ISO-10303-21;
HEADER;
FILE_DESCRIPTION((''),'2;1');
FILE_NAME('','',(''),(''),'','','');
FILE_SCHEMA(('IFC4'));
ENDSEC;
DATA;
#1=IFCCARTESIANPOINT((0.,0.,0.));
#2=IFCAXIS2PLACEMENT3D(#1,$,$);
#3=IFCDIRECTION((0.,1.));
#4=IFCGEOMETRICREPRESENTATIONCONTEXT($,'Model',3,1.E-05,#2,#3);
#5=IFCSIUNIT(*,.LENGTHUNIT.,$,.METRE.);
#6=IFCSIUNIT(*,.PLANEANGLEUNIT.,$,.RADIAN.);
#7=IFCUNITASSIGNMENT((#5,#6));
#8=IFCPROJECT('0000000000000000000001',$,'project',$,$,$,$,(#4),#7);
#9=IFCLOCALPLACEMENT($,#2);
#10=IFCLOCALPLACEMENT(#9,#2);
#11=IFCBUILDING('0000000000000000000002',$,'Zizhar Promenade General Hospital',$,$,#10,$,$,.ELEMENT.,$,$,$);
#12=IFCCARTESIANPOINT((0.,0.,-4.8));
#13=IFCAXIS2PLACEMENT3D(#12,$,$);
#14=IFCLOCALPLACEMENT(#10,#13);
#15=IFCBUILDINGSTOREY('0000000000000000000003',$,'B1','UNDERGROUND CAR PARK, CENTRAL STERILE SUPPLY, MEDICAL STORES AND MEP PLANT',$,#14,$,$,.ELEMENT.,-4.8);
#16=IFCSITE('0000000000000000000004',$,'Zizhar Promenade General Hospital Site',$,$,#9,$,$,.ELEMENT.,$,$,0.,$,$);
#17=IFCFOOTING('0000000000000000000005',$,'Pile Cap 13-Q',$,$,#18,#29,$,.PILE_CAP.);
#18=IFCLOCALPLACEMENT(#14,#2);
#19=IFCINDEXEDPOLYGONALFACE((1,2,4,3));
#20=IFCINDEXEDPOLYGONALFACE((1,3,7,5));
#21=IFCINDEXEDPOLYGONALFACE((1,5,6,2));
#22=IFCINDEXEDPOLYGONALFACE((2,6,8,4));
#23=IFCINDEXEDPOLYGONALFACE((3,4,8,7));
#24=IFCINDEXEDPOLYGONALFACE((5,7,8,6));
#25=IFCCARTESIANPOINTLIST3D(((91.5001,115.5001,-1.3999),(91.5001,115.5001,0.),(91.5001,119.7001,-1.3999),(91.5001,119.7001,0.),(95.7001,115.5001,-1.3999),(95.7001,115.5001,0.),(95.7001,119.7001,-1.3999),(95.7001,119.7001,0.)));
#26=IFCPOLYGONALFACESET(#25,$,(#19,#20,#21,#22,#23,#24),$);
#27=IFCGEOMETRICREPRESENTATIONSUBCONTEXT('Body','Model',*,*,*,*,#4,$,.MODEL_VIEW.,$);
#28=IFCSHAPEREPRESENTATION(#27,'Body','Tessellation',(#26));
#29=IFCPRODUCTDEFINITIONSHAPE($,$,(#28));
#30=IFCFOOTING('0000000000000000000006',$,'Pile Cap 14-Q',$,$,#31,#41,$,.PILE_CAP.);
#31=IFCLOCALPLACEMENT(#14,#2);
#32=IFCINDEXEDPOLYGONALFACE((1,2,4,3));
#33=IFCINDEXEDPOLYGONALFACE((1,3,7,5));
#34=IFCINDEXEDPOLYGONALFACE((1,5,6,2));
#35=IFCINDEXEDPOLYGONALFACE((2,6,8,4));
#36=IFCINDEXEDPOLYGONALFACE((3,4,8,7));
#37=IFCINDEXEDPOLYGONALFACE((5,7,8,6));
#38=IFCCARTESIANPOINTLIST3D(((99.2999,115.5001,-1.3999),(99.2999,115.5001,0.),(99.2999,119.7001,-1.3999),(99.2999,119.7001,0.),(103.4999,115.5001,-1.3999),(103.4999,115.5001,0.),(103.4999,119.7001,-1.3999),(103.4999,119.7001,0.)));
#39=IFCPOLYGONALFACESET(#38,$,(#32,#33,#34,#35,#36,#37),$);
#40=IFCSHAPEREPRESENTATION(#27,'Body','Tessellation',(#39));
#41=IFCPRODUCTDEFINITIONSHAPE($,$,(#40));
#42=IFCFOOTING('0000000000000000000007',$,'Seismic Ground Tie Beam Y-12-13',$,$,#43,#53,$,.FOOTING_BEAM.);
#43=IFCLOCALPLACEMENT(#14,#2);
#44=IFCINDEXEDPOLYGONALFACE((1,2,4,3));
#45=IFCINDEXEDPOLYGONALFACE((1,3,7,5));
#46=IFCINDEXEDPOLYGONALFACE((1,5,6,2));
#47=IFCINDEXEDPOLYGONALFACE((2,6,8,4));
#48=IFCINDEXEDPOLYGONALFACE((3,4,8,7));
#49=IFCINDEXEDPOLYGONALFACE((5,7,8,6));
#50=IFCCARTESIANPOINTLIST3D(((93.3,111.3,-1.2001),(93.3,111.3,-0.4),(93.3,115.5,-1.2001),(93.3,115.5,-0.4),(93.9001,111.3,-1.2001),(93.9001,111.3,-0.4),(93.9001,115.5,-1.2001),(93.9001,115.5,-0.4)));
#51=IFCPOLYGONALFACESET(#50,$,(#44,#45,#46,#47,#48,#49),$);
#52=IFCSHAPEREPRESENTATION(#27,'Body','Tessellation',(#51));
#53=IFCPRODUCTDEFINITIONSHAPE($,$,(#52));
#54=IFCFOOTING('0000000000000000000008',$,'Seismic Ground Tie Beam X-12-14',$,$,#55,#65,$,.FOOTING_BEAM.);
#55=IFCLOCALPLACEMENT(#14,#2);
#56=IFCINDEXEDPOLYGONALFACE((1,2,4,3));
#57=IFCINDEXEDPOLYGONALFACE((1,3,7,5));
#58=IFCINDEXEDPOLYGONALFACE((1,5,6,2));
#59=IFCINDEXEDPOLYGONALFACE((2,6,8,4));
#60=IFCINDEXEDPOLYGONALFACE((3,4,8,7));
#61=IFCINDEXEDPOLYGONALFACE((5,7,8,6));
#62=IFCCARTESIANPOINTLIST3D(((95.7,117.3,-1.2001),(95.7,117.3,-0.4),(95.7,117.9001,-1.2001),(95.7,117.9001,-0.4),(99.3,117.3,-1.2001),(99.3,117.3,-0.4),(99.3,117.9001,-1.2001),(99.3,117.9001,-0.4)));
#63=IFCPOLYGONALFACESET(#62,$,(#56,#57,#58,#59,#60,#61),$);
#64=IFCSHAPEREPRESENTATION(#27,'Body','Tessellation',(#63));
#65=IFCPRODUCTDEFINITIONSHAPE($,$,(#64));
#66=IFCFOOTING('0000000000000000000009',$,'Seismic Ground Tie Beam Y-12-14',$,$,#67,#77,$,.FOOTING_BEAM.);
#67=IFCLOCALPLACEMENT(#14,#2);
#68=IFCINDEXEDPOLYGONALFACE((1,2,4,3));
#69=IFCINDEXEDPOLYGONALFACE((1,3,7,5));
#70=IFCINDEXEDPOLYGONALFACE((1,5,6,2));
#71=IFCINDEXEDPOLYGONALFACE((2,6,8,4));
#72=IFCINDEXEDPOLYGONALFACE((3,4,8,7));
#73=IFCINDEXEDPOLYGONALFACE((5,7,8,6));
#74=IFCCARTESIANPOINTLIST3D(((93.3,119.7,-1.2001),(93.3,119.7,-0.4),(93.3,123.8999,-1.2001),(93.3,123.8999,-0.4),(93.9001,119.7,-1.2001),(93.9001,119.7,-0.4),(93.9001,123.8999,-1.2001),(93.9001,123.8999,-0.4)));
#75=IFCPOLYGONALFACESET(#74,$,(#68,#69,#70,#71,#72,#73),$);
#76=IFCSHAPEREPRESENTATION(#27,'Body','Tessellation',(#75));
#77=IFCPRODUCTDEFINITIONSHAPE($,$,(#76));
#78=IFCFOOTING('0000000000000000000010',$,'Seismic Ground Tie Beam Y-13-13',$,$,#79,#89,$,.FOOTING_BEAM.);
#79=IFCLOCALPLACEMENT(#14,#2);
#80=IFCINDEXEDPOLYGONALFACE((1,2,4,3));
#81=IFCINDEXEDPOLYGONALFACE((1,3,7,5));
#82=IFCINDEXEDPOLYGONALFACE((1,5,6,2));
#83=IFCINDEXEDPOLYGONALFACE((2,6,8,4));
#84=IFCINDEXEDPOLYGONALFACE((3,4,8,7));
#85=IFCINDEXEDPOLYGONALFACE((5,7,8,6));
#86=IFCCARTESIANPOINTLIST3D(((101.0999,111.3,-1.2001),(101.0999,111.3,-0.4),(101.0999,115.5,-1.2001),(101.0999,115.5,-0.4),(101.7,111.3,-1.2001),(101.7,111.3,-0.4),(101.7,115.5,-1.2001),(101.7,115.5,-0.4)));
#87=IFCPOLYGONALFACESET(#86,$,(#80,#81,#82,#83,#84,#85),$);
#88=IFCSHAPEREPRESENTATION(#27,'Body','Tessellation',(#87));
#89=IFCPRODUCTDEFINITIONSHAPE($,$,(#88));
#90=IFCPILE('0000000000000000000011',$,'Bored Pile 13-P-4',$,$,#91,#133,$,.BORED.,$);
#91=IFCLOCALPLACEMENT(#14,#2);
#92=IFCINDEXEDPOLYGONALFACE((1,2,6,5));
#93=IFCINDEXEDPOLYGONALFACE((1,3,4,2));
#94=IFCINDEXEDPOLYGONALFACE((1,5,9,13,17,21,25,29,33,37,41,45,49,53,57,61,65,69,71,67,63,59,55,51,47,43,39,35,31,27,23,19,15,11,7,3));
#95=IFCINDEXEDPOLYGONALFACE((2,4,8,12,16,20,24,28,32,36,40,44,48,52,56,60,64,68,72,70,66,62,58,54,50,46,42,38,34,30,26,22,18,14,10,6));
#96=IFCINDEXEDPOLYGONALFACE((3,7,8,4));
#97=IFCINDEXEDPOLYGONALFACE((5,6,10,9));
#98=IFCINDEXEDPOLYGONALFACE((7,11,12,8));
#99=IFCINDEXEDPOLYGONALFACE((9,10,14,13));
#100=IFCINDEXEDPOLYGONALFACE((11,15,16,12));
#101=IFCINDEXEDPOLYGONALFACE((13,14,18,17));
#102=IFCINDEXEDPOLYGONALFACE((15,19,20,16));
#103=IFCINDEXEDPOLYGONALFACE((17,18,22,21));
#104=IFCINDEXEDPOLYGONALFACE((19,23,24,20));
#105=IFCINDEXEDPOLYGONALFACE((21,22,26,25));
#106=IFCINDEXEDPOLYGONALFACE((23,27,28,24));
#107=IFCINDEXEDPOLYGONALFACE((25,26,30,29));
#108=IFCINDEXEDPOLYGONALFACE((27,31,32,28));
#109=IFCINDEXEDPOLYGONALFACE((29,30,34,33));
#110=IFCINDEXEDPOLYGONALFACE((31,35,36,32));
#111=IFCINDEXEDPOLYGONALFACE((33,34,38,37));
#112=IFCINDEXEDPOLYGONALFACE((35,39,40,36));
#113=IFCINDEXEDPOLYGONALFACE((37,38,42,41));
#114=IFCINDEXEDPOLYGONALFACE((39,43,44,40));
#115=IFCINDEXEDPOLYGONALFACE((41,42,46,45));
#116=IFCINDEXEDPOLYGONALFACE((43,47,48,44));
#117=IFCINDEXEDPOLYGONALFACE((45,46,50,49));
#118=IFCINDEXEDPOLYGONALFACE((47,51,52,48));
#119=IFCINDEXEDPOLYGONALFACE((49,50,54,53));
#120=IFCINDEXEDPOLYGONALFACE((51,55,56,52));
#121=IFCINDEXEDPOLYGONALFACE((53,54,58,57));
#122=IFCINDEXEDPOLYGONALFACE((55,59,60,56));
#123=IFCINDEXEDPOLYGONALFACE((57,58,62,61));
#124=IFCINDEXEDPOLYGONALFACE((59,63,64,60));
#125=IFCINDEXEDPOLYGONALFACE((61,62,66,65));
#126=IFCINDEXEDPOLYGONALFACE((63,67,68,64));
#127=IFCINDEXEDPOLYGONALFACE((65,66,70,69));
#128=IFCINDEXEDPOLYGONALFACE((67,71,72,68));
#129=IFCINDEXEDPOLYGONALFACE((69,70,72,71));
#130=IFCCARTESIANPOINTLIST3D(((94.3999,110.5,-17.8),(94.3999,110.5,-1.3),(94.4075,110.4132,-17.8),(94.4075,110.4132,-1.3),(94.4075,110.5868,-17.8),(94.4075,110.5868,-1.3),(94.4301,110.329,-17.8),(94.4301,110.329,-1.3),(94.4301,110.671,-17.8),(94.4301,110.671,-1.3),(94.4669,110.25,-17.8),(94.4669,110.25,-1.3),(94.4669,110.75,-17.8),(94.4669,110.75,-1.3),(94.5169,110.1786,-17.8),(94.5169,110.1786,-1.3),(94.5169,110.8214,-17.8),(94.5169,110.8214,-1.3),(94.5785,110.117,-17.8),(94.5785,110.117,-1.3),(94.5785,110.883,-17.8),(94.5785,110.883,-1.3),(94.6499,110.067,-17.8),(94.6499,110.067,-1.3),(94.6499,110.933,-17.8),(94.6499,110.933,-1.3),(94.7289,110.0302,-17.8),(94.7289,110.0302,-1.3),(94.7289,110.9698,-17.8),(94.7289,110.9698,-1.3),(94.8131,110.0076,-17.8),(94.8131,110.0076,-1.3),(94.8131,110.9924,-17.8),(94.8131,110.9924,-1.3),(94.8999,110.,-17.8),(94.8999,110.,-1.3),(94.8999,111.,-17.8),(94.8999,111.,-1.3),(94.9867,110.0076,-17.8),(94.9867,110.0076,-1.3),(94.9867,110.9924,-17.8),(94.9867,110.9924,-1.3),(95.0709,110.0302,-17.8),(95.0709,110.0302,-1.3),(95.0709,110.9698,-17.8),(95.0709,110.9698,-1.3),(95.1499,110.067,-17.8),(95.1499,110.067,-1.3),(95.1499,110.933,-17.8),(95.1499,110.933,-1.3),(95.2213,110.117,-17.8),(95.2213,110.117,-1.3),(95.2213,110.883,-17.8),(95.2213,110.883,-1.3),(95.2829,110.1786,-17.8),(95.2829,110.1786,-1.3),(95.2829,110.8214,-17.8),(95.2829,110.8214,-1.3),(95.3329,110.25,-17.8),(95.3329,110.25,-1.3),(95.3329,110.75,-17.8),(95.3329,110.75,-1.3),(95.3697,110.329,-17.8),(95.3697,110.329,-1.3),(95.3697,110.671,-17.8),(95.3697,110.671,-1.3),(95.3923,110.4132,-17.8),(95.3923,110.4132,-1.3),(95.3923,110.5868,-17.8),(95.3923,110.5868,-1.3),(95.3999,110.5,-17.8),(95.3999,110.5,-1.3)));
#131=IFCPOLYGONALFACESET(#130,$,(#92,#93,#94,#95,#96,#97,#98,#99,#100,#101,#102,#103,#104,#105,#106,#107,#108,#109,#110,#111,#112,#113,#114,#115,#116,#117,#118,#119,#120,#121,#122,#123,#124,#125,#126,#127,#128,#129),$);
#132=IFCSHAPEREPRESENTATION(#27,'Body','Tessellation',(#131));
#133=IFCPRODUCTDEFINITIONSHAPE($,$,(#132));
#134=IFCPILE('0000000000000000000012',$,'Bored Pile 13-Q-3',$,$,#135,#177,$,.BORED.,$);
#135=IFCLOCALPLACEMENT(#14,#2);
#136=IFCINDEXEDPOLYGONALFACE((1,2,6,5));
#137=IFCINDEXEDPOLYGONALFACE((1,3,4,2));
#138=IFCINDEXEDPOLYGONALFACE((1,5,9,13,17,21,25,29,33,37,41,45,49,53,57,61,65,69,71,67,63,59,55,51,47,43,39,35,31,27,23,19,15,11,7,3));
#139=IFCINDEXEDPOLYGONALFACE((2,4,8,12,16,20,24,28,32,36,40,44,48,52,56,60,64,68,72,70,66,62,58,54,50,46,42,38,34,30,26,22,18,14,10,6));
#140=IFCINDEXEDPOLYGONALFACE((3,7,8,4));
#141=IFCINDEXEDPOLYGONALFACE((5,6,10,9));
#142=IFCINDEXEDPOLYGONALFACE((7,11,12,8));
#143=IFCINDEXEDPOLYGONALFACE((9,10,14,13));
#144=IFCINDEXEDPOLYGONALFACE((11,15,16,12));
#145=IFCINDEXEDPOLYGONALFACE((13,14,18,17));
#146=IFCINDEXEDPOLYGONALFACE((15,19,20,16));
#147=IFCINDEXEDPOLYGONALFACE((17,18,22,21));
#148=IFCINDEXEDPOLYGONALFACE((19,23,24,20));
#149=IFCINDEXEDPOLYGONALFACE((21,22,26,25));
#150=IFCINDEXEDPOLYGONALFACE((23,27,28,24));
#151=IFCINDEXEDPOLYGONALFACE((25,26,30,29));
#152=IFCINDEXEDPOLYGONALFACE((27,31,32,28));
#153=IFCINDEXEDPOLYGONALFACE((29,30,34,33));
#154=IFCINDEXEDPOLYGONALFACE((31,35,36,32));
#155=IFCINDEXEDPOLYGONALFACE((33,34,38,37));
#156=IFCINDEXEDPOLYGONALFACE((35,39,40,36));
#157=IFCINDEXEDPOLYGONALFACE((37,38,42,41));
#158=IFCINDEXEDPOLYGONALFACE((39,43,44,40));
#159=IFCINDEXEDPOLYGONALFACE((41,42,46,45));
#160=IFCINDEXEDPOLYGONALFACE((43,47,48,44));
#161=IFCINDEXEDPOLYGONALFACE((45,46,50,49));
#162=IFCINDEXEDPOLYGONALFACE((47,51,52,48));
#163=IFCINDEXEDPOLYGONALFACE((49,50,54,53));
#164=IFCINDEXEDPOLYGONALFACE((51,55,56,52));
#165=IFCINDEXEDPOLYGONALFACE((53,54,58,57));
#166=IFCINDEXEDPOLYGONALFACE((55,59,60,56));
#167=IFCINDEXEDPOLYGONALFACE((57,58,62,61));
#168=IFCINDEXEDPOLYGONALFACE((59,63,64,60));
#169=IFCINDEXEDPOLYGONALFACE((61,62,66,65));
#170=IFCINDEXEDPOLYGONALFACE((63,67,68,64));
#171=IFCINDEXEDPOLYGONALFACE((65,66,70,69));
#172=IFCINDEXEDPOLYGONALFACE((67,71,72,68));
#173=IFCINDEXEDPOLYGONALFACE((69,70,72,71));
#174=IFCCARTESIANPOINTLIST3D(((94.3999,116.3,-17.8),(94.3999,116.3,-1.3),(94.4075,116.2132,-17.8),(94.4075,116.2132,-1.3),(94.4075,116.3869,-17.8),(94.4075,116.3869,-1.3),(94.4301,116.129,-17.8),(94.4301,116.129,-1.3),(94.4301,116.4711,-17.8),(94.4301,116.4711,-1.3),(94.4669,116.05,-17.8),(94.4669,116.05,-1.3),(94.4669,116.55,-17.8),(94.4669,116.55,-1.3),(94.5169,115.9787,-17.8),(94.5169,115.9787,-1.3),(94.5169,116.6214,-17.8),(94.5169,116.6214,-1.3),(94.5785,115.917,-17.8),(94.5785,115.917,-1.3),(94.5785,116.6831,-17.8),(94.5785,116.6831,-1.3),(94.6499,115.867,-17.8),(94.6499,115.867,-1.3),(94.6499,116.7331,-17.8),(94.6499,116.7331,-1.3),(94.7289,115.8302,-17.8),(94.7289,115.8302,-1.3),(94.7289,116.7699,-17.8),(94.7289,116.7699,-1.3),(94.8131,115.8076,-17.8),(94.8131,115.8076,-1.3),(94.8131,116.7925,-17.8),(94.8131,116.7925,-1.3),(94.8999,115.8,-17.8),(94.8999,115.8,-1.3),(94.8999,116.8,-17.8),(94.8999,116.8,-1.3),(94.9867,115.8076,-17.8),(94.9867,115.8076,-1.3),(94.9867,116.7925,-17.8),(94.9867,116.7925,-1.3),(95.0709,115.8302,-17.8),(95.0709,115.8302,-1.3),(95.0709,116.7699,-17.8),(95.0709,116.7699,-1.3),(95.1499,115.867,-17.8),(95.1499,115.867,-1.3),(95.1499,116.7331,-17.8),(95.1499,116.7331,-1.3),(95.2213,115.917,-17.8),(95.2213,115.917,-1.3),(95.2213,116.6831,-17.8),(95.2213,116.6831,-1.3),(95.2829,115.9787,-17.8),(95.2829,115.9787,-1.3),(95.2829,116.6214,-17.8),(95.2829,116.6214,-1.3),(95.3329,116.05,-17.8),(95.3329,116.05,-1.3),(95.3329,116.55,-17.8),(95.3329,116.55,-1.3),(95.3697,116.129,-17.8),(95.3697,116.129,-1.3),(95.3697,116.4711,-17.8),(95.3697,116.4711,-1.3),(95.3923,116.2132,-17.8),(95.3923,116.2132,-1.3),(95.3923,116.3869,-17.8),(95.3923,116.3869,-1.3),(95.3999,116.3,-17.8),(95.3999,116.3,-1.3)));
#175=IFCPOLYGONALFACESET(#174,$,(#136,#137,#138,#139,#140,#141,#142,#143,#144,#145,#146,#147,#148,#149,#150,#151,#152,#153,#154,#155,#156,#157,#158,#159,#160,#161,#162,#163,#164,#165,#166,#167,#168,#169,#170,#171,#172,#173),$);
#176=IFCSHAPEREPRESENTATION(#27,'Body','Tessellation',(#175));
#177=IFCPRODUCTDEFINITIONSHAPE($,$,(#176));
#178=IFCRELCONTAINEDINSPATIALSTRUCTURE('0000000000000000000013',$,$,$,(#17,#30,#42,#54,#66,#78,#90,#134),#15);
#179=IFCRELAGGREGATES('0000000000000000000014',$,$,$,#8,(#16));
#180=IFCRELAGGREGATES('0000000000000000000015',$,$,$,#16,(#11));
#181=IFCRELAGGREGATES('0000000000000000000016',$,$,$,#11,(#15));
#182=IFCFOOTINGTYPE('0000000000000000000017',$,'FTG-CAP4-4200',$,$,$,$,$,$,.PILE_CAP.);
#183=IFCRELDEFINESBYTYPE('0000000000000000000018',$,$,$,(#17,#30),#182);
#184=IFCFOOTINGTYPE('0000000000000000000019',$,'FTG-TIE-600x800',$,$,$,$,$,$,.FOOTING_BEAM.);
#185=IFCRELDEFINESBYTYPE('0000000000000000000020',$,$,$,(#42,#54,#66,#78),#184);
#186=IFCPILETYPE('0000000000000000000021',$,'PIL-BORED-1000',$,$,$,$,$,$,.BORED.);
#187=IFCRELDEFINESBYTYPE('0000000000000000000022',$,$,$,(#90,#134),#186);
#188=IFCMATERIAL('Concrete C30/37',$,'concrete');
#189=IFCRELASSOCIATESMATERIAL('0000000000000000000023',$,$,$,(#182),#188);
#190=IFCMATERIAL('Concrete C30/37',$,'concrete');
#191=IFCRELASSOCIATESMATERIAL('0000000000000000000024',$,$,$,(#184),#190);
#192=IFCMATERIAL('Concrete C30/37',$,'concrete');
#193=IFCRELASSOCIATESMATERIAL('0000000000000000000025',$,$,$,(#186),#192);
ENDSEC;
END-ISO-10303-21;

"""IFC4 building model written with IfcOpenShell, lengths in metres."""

from ifc_helpers import new_model, si_unit, direction, frame, origin, origin_2d, place, context, subcontext, project, spatial, rectangle, circle, extrude, material, material_profile, profile_set, type_object, element, save


model = new_model("IFC4")

# Units and contexts
model_context = context("Model", 3, precision=1e-05, world=origin(), true_north=direction((0.0, 1.0)))
body_context = subcontext(model_context, "Body", "Model", "MODEL_VIEW")
ifc_project = project(units=[si_unit("LENGTHUNIT", "METRE"), si_unit("PLANEANGLEUNIT", "RADIAN")], contexts=[model_context])

# Site, building, storey
site_placement = place(None, origin())
site = spatial("IfcSite", under=ifc_project, at=site_placement, Name="Zizhar Promenade General Hospital Site", CompositionType="ELEMENT", RefElevation=0.0)
building_placement = place(site_placement, origin())
building = spatial("IfcBuilding", under=site, at=building_placement, Name="Zizhar Promenade General Hospital", CompositionType="ELEMENT")
storey_placement = place(building_placement, frame((0.0, 0.0, -4.8)))
storey = spatial("IfcBuildingStorey", under=building, at=storey_placement, Name="B1", Description="UNDERGROUND CAR PARK, CENTRAL STERILE SUPPLY, MEDICAL STORES AND MEP PLANT", CompositionType="ELEMENT", Elevation=-4.8)

# Footings
ifc_material_1 = material(Name="Concrete C30/37", Category="concrete")
footing_type_1 = type_object("IfcFootingType", Name="FTG-CAP4-4200", PredefinedType="PILE_CAP", material=ifc_material_1)
for number, where, z_axis, x_axis, name in (
    (1, (93.6001, 117.6001, -1.3999), (0.0, 0.0, 1.0), (1.0, 0.0, 0.0), "Pile Cap 13-Q"),
    (2, (101.3999, 117.6001, -1.3999), (0.0, 0.0, 1.0), (1.0, 0.0, 0.0), "Pile Cap 14-Q"),
):
    element("IfcFooting", number, at=place(storey_placement, frame(where, z_axis=z_axis, x_axis=x_axis)), inside=storey, type_object=footing_type_1, Name=name, PredefinedType="PILE_CAP", context=body_context, shape_type="SweptSolid", body=[
        extrude(rectangle(XDim=4.2, YDim=4.2, at=origin_2d()), origin(), (0.0, 0.0, 1.0), 1.3999),
    ])
ifc_material_2 = material(Name="Concrete C30/37", Category="concrete")
ifc_material_profile_1 = material_profile(ifc_material_2, rectangle(XDim=0.6001, YDim=0.8, at=origin_2d()))
ifc_profile_set_1 = profile_set([ifc_material_profile_1], Name="Concrete C30/37")
footing_type_2 = type_object("IfcFootingType", Name="FTG-TIE-600x800", PredefinedType="FOOTING_BEAM", material=ifc_profile_set_1)
footing_1_placement = place(storey_placement, frame((93.6001, 111.3, -0.8), z_axis=(0.0, 1.0, 0.0), x_axis=(-1.0, 0.0, 0.0)))
element("IfcFooting", 3, at=footing_1_placement, inside=storey, type_object=footing_type_2, Name="Seismic Ground Tie Beam Y-12-13", PredefinedType="FOOTING_BEAM", context=body_context, shape_type="SweptSolid", body=[
    extrude(rectangle(XDim=0.6001, YDim=0.8, at=origin_2d()), origin(), (0.0, 0.0, 1.0), 4.2),
])
footing_2_placement = place(storey_placement, frame((95.7, 117.6001, -0.8), z_axis=(1.0, 0.0, 0.0), x_axis=(0.0, 1.0, 0.0)))
element("IfcFooting", 4, at=footing_2_placement, inside=storey, type_object=footing_type_2, Name="Seismic Ground Tie Beam X-12-14", PredefinedType="FOOTING_BEAM", context=body_context, shape_type="SweptSolid", body=[
    extrude(rectangle(XDim=0.6001, YDim=0.8, at=origin_2d()), origin(), (0.0, 0.0, 1.0), 3.6001),
])
for number, where, z_axis, x_axis, name in (
    (5, (93.6001, 119.7, -0.8), (0.0, 1.0, 0.0), (-1.0, 0.0, 0.0), "Seismic Ground Tie Beam Y-12-14"),
    (6, (101.3999, 111.3, -0.8), (0.0, 1.0, 0.0), (-1.0, 0.0, 0.0), "Seismic Ground Tie Beam Y-13-13"),
):
    element("IfcFooting", number, at=place(storey_placement, frame(where, z_axis=z_axis, x_axis=x_axis)), inside=storey, type_object=footing_type_2, Name=name, PredefinedType="FOOTING_BEAM", context=body_context, shape_type="SweptSolid", body=[
        extrude(rectangle(XDim=0.6001, YDim=0.8, at=origin_2d()), origin(), (0.0, 0.0, 1.0), 4.2),
    ])

# Piles
ifc_material_3 = material(Name="Concrete C30/37", Category="concrete")
ifc_material_profile_2 = material_profile(ifc_material_3, circle(Radius=0.5, at=origin_2d()))
ifc_profile_set_2 = profile_set([ifc_material_profile_2], Name="Concrete C30/37")
pile_type = type_object("IfcPileType", Name="PIL-BORED-1000", PredefinedType="BORED", material=ifc_profile_set_2)
for number, where, z_axis, x_axis, name in (
    (7, (94.8999, 110.5, -1.3), (0.0, 0.0, -1.0), (1.0, 0.0, 0.0), "Bored Pile 13-P-4"),
    (8, (94.8999, 116.3, -1.3), (0.0, 0.0, -1.0), (1.0, 0.0, 0.0), "Bored Pile 13-Q-3"),
):
    element("IfcPile", number, at=place(storey_placement, frame(where, z_axis=z_axis, x_axis=x_axis)), inside=storey, type_object=pile_type, Name=name, PredefinedType="BORED", context=body_context, shape_type="SweptSolid", body=[
        extrude(circle(Radius=0.5, at=origin_2d()), origin(), (0.0, 0.0, 1.0), 16.5),
    ])

save(model, "model.ifc")
